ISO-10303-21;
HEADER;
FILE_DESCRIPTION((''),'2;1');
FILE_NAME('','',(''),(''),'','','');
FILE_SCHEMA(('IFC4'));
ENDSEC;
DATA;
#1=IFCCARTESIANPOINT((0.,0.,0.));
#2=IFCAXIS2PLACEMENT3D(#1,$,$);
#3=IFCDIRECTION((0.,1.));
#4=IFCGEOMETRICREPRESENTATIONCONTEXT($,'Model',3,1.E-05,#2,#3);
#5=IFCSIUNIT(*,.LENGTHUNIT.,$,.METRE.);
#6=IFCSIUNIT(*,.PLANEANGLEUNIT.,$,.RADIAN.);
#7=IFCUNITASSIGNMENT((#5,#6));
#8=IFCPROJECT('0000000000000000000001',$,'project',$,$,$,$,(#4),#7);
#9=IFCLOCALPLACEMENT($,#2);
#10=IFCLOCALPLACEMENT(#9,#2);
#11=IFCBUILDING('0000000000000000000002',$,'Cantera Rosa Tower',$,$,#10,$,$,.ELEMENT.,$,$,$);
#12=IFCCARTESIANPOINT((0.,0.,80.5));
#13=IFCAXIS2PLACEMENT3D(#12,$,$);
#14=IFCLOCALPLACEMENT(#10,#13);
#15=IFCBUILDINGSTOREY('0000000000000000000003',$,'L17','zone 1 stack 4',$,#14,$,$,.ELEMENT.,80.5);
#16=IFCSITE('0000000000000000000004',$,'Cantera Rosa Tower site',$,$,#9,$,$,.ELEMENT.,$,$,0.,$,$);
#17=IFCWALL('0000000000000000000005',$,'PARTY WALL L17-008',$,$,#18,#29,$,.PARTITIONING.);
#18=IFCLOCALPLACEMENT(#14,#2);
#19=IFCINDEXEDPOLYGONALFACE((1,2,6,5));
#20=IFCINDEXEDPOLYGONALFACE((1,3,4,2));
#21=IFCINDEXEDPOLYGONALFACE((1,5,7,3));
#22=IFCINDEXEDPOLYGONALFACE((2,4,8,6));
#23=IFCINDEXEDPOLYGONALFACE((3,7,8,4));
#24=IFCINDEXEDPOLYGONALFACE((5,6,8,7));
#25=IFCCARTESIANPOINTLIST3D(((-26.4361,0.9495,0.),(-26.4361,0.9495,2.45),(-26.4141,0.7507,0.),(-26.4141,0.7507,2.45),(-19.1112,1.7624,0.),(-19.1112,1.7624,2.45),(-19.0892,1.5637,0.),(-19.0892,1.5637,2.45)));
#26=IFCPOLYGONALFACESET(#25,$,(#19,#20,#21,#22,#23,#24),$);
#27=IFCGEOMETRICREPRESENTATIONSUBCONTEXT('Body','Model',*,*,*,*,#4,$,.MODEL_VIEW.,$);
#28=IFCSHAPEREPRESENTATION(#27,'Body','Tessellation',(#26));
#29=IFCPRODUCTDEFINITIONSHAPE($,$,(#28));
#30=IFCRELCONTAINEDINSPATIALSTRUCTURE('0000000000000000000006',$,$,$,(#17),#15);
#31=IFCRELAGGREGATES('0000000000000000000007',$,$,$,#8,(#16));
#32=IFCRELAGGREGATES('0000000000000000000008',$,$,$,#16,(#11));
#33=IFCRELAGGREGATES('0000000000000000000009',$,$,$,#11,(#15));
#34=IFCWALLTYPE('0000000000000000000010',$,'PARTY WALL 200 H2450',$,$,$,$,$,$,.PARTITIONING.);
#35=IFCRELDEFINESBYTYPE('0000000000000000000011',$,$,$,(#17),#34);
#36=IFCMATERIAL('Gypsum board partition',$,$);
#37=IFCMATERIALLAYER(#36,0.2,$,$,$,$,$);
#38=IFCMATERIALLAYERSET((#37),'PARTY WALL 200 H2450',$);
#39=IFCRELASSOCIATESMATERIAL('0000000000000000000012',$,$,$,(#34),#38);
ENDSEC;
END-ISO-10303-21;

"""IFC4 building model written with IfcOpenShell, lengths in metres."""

from ifc_helpers import new_model, si_unit, direction, frame, frame_2d, origin, place, context, subcontext, project, spatial, rectangle, extrude, material, layer, layer_set, type_object, element, save


model = new_model("IFC4")

# Units and contexts
model_context = context("Model", 3, precision=1e-05, world=origin(), true_north=direction((0.0, 1.0)))
body_context = subcontext(model_context, "Body", "Model", "MODEL_VIEW")
ifc_project = project(units=[si_unit("LENGTHUNIT", "METRE"), si_unit("PLANEANGLEUNIT", "RADIAN")], contexts=[model_context])

# Site, building, storey
site_placement = place(None, origin())
site = spatial("IfcSite", under=ifc_project, at=site_placement, Name="Cantera Rosa Tower site", CompositionType="ELEMENT", RefElevation=0.0)
building_placement = place(site_placement, origin())
building = spatial("IfcBuilding", under=site, at=building_placement, Name="Cantera Rosa Tower", CompositionType="ELEMENT")
storey_placement = place(building_placement, frame((0.0, 0.0, 80.5)))
storey = spatial("IfcBuildingStorey", under=building, at=storey_placement, Name="L17", Description="zone 1 stack 4", CompositionType="ELEMENT", Elevation=80.5)

# Wall
ifc_material_1 = material(Name="Gypsum board partition")
ifc_layer_1 = layer(ifc_material_1, 0.2)
ifc_layer_set_1 = layer_set([ifc_layer_1], Name="PARTY WALL 200 H2450")
wall_type_1 = type_object("IfcWallType", Name="PARTY WALL 200 H2450", PredefinedType="PARTITIONING", material=ifc_layer_set_1)
wall_1_placement = place(storey_placement, frame((-19.1001, 1.6631, 0.0), z_axis=(0.0, 0.0, 1.0), x_axis=(-0.993897, -0.110312, 0.0)))
element("IfcWall", 1, at=wall_1_placement, inside=storey, type_object=wall_type_1, Name="PARTY WALL L17-008", PredefinedType="PARTITIONING", context=body_context, shape_type="SweptSolid", body=[
    extrude(rectangle(XDim=7.3699, YDim=0.2, at=frame_2d((3.6851, 0.0))), origin(), (0.0, 0.0, 1.0), 2.45),
])

save(model, "model.ifc")
